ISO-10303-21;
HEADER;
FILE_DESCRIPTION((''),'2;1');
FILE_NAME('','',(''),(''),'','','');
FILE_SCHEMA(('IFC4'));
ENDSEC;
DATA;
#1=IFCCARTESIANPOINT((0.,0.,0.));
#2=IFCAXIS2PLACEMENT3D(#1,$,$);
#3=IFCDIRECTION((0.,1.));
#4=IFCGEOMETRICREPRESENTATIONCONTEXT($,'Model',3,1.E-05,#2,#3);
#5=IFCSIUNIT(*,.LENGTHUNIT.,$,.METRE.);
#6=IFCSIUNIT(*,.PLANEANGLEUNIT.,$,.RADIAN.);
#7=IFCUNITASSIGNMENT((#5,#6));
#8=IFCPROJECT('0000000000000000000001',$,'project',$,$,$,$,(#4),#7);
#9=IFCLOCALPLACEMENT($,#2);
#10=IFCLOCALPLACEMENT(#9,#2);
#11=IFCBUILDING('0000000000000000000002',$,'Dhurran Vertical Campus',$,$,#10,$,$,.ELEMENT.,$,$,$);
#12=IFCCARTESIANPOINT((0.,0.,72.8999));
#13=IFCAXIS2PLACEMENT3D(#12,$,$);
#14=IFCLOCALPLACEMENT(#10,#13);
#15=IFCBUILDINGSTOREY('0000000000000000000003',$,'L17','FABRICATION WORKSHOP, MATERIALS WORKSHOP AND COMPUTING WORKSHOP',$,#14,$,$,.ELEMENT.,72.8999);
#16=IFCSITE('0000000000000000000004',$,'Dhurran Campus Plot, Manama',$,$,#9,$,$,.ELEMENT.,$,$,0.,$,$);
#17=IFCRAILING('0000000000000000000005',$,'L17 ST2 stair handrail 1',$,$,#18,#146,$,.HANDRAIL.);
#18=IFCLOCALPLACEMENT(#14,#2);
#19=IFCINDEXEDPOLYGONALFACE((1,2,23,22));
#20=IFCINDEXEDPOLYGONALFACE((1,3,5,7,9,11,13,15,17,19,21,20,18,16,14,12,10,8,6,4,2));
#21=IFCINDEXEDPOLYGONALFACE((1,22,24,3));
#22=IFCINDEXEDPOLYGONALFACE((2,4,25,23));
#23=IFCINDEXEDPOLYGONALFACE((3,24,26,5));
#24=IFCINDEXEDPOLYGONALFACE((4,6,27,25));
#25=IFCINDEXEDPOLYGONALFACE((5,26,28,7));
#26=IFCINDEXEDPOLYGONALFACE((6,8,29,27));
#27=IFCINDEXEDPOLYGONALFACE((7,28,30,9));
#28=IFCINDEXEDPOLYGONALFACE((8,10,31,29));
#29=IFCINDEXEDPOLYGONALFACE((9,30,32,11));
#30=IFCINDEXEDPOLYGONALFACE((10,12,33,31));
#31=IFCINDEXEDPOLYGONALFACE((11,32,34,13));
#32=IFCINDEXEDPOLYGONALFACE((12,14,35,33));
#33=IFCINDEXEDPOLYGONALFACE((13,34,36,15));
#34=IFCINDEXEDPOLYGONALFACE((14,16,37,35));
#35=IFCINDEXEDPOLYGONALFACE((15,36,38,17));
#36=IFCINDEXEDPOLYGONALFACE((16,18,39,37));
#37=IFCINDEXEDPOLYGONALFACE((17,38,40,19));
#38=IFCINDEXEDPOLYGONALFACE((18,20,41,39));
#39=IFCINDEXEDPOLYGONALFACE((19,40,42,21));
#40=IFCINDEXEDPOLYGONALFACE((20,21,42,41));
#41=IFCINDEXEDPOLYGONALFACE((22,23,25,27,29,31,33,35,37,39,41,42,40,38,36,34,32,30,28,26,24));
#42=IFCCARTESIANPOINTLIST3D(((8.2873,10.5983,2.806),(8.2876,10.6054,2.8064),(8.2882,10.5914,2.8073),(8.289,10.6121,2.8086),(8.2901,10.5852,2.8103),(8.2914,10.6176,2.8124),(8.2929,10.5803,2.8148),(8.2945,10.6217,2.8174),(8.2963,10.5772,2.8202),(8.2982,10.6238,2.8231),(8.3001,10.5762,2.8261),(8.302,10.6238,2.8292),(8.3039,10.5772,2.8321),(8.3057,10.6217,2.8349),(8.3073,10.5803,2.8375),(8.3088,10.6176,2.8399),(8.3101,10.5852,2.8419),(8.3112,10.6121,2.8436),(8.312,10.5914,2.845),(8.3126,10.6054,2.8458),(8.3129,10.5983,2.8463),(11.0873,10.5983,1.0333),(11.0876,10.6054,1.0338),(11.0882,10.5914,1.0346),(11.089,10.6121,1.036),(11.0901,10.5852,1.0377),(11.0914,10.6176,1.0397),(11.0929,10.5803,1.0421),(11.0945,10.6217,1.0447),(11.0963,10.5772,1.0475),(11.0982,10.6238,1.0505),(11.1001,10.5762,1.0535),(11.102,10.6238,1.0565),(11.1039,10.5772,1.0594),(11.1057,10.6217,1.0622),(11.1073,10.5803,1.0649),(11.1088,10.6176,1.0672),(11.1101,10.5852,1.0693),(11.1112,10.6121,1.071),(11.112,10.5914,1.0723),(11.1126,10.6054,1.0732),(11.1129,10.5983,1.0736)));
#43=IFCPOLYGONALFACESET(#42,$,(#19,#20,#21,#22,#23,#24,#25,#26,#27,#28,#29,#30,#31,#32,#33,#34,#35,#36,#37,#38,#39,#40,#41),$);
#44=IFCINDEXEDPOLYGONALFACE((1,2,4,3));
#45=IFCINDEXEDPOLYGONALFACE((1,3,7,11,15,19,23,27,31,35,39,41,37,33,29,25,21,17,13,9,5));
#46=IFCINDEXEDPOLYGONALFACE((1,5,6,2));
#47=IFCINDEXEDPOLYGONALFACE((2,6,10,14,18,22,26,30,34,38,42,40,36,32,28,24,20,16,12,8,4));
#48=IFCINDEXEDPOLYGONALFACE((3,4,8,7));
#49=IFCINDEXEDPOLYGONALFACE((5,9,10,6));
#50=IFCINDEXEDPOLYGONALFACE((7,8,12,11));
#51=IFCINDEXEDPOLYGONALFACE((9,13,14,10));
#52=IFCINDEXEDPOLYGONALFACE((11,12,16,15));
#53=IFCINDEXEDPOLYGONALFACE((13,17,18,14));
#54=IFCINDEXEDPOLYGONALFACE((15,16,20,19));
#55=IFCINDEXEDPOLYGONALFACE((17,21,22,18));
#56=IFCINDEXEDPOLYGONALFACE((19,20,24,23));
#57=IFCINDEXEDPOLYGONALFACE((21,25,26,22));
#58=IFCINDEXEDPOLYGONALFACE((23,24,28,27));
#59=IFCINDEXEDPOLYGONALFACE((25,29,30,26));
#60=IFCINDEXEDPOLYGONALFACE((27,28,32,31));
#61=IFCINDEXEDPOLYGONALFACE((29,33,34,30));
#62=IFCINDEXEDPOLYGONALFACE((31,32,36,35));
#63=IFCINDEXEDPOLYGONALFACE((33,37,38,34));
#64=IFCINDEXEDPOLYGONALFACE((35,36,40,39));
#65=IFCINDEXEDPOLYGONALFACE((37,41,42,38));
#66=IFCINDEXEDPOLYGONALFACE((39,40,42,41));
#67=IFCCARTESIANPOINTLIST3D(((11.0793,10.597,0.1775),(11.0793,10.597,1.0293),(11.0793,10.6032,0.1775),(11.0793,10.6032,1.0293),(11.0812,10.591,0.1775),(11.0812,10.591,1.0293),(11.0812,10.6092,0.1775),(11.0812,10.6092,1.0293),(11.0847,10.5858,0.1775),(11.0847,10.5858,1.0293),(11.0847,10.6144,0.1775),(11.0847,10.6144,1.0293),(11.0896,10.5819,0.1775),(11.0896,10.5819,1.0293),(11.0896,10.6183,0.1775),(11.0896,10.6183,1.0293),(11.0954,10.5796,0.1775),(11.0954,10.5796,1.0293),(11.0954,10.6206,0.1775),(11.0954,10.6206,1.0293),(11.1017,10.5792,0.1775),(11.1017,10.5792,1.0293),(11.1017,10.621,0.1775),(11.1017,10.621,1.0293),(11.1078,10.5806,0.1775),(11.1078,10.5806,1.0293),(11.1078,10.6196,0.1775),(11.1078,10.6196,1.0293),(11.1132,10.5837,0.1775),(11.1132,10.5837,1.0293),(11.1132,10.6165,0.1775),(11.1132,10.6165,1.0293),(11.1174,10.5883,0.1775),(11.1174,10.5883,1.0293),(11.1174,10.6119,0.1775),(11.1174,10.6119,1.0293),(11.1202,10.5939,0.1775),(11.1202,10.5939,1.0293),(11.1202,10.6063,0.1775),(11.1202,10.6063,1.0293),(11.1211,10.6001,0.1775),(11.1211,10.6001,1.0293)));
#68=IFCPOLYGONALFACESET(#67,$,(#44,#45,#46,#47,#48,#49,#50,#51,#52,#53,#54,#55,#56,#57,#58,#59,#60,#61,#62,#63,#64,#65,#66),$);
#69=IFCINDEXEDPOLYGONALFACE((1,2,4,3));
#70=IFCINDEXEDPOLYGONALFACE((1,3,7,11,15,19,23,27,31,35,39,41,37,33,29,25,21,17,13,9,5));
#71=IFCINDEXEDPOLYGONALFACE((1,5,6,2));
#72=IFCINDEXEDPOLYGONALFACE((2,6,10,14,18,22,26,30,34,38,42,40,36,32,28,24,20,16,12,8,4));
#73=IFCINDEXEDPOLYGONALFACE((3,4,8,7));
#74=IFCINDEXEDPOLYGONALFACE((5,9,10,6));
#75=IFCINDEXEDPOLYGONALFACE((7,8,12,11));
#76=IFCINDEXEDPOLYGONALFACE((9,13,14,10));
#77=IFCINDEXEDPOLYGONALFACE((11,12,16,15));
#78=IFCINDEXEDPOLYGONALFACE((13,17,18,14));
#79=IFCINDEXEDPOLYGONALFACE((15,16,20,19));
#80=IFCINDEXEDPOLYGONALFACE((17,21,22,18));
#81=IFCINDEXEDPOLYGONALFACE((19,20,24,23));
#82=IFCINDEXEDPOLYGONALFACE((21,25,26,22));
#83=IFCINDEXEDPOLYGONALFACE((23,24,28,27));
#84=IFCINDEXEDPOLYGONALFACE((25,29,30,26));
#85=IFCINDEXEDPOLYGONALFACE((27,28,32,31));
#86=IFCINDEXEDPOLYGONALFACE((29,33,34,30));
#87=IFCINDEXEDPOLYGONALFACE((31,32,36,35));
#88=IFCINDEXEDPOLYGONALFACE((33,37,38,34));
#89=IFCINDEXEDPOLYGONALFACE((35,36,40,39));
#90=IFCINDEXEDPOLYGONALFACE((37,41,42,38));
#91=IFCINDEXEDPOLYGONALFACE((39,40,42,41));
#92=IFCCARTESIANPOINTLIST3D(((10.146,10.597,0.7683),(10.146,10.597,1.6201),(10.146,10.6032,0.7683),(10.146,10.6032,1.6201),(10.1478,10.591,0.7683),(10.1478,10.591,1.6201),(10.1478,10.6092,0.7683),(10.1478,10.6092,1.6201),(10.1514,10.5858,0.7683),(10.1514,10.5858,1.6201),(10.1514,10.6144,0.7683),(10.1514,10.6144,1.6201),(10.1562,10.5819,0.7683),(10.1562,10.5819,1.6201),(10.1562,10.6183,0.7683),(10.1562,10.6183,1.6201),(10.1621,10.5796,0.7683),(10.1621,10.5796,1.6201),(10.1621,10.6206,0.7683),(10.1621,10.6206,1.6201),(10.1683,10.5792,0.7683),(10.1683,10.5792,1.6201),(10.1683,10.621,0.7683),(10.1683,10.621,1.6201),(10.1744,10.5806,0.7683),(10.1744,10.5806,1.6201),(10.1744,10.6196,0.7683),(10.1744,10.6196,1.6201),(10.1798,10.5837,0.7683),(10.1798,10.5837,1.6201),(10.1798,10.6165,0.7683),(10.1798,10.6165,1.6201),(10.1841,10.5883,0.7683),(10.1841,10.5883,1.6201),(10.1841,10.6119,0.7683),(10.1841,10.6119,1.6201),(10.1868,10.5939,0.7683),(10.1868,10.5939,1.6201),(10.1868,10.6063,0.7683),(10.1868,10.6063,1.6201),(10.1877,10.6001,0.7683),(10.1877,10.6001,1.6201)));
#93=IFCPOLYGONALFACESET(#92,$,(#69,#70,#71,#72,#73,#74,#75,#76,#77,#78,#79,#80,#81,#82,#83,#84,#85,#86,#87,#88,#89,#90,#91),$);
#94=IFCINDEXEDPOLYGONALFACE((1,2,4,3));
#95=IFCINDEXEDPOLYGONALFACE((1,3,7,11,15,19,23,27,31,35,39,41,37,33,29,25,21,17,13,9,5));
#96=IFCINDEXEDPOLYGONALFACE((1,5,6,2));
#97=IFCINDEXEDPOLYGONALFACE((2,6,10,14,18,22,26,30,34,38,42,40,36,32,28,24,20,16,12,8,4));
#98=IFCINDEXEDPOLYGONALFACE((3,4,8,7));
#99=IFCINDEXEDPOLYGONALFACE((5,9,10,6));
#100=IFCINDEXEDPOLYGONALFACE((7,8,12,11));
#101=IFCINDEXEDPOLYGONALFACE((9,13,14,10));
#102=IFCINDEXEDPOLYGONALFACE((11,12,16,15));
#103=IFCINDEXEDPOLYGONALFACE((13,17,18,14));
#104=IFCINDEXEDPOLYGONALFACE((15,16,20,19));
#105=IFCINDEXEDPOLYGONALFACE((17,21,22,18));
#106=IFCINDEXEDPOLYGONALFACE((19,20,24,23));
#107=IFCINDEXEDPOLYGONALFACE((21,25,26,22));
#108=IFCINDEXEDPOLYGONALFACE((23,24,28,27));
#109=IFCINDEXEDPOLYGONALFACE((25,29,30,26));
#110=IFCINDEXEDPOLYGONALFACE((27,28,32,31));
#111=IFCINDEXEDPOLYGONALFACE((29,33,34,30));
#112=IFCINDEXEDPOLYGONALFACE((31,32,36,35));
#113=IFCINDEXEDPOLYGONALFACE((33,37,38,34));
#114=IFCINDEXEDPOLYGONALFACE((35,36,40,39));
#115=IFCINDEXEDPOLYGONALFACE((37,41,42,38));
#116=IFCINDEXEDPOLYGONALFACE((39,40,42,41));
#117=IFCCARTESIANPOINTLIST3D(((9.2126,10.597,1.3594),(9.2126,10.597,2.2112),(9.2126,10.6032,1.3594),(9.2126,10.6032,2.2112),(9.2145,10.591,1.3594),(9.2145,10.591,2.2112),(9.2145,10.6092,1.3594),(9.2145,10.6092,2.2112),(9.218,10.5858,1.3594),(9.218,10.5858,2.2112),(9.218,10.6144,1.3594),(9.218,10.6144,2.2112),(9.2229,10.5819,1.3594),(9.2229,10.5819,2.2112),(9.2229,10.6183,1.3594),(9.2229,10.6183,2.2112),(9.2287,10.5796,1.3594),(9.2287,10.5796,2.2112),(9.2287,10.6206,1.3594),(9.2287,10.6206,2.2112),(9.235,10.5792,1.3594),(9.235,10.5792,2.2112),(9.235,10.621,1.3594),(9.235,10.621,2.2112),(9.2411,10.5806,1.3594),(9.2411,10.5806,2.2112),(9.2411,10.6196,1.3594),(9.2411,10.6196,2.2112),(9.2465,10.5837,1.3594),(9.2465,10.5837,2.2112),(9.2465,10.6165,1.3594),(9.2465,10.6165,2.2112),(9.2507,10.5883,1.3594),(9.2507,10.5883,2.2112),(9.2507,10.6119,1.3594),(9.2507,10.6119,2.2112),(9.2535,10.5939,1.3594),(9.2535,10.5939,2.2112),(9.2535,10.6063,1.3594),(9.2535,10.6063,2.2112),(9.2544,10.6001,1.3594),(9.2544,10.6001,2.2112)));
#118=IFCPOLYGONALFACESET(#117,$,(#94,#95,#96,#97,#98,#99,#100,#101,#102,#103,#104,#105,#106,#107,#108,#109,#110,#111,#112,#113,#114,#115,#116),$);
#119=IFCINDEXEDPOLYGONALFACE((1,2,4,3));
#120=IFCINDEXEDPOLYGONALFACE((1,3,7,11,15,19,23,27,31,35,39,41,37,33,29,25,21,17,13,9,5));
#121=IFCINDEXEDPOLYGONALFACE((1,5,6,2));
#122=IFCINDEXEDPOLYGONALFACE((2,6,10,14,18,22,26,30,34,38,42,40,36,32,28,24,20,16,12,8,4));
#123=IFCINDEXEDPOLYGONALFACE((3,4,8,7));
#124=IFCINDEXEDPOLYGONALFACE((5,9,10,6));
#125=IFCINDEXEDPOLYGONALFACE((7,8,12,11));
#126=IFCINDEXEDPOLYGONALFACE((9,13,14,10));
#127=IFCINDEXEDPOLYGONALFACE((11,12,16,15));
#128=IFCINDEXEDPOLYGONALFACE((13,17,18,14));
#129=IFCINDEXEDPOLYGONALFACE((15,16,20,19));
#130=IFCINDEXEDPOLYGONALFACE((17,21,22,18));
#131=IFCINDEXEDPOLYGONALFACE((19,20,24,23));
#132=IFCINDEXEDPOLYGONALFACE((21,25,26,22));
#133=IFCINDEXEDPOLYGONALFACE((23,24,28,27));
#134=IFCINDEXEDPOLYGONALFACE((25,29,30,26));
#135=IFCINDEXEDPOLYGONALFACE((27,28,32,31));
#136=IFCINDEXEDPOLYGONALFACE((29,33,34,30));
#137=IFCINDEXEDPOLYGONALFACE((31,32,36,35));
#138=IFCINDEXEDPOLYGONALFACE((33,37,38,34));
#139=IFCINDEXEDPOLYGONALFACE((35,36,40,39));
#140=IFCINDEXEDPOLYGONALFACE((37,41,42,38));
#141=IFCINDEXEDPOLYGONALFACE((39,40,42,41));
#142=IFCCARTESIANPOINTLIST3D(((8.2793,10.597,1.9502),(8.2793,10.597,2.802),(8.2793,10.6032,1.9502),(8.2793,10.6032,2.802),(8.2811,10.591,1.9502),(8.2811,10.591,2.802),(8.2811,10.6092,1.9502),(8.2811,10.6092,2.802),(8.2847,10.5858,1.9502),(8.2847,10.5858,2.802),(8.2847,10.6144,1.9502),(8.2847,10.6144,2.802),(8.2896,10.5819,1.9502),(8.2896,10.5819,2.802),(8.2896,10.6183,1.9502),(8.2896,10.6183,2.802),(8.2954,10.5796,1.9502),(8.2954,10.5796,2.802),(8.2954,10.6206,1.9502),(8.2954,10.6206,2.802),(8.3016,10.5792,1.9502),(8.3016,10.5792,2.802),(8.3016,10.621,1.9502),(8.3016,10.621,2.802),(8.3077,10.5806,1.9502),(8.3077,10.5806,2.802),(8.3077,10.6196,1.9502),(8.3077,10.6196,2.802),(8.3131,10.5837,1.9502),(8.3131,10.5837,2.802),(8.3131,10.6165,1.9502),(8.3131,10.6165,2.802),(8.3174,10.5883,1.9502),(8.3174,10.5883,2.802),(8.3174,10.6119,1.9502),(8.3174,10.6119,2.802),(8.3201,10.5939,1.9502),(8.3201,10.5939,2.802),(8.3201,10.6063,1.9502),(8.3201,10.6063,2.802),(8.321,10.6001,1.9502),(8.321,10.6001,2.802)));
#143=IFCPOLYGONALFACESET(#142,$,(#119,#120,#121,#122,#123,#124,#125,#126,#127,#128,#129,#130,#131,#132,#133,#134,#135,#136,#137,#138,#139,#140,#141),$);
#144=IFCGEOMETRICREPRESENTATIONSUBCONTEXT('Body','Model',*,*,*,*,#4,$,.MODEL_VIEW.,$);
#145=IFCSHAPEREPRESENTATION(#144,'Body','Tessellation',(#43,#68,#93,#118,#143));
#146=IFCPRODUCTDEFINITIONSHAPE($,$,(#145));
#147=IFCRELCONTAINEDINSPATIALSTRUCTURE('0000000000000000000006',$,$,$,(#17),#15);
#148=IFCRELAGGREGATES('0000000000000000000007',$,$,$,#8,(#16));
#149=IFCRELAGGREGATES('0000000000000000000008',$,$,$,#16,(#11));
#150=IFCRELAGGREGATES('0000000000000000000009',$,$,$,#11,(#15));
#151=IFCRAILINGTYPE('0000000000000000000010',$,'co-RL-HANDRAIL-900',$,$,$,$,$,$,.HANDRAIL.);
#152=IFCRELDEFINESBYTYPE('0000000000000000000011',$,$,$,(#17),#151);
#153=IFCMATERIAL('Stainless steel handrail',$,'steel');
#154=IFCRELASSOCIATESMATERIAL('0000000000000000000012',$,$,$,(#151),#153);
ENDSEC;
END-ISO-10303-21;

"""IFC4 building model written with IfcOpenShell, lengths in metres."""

from ifc_helpers import new_model, si_unit, direction, frame, origin, origin_2d, place, context, subcontext, project, spatial, circle, extrude, material, type_object, element, save


model = new_model("IFC4")

# Units and contexts
model_context = context("Model", 3, precision=1e-05, world=origin(), true_north=direction((0.0, 1.0)))
body_context = subcontext(model_context, "Body", "Model", "MODEL_VIEW")
ifc_project = project(units=[si_unit("LENGTHUNIT", "METRE"), si_unit("PLANEANGLEUNIT", "RADIAN")], contexts=[model_context])

# Site, building, storey
site_placement = place(None, origin())
site = spatial("IfcSite", under=ifc_project, at=site_placement, Name="Dhurran Campus Plot, Manama", CompositionType="ELEMENT", RefElevation=0.0)
building_placement = place(site_placement, origin())
building = spatial("IfcBuilding", under=site, at=building_placement, Name="Dhurran Vertical Campus", CompositionType="ELEMENT")
storey_placement = place(building_placement, frame((0.0, 0.0, 72.8999)))
storey = spatial("IfcBuildingStorey", under=building, at=storey_placement, Name="L17", Description="FABRICATION WORKSHOP, MATERIALS WORKSHOP AND COMPUTING WORKSHOP", CompositionType="ELEMENT", Elevation=72.8999)

# Railing
ifc_material_1 = material(Name="Stainless steel handrail", Category="steel")
railing_type_1 = type_object("IfcRailingType", Name="co-RL-HANDRAIL-900", PredefinedType="HANDRAIL", material=ifc_material_1)
railing_1_placement = place(storey_placement, frame((11.1001, 10.6001, 0.1775)))
element("IfcRailing", 1, at=railing_1_placement, inside=storey, type_object=railing_type_1, Name="L17 ST2 stair handrail 1", PredefinedType="HANDRAIL", context=body_context, shape_type="SweptSolid", body=[
    extrude(circle(Radius=0.0239, at=origin_2d()), frame((0.0, 0.0, 0.876), z_axis=(-0.844909, 0.0, 0.53491), x_axis=(0.0, -1.0, 0.0)), (0.0, 0.0, 1.0), 3.314),
    extrude(circle(Radius=0.021, at=origin_2d()), origin(), (0.0, 0.0, 1.0), 0.8518),
    extrude(circle(Radius=0.021, at=origin_2d()), frame((-0.9333, 0.0, 0.5908)), (0.0, 0.0, 1.0), 0.8518),
    extrude(circle(Radius=0.021, at=origin_2d()), frame((-1.8667, 0.0, 1.1819)), (0.0, 0.0, 1.0), 0.8518),
    extrude(circle(Radius=0.021, at=origin_2d()), frame((-2.8, 0.0, 1.7727)), (0.0, 0.0, 1.0), 0.8518),
])

save(model, "model.ifc")
